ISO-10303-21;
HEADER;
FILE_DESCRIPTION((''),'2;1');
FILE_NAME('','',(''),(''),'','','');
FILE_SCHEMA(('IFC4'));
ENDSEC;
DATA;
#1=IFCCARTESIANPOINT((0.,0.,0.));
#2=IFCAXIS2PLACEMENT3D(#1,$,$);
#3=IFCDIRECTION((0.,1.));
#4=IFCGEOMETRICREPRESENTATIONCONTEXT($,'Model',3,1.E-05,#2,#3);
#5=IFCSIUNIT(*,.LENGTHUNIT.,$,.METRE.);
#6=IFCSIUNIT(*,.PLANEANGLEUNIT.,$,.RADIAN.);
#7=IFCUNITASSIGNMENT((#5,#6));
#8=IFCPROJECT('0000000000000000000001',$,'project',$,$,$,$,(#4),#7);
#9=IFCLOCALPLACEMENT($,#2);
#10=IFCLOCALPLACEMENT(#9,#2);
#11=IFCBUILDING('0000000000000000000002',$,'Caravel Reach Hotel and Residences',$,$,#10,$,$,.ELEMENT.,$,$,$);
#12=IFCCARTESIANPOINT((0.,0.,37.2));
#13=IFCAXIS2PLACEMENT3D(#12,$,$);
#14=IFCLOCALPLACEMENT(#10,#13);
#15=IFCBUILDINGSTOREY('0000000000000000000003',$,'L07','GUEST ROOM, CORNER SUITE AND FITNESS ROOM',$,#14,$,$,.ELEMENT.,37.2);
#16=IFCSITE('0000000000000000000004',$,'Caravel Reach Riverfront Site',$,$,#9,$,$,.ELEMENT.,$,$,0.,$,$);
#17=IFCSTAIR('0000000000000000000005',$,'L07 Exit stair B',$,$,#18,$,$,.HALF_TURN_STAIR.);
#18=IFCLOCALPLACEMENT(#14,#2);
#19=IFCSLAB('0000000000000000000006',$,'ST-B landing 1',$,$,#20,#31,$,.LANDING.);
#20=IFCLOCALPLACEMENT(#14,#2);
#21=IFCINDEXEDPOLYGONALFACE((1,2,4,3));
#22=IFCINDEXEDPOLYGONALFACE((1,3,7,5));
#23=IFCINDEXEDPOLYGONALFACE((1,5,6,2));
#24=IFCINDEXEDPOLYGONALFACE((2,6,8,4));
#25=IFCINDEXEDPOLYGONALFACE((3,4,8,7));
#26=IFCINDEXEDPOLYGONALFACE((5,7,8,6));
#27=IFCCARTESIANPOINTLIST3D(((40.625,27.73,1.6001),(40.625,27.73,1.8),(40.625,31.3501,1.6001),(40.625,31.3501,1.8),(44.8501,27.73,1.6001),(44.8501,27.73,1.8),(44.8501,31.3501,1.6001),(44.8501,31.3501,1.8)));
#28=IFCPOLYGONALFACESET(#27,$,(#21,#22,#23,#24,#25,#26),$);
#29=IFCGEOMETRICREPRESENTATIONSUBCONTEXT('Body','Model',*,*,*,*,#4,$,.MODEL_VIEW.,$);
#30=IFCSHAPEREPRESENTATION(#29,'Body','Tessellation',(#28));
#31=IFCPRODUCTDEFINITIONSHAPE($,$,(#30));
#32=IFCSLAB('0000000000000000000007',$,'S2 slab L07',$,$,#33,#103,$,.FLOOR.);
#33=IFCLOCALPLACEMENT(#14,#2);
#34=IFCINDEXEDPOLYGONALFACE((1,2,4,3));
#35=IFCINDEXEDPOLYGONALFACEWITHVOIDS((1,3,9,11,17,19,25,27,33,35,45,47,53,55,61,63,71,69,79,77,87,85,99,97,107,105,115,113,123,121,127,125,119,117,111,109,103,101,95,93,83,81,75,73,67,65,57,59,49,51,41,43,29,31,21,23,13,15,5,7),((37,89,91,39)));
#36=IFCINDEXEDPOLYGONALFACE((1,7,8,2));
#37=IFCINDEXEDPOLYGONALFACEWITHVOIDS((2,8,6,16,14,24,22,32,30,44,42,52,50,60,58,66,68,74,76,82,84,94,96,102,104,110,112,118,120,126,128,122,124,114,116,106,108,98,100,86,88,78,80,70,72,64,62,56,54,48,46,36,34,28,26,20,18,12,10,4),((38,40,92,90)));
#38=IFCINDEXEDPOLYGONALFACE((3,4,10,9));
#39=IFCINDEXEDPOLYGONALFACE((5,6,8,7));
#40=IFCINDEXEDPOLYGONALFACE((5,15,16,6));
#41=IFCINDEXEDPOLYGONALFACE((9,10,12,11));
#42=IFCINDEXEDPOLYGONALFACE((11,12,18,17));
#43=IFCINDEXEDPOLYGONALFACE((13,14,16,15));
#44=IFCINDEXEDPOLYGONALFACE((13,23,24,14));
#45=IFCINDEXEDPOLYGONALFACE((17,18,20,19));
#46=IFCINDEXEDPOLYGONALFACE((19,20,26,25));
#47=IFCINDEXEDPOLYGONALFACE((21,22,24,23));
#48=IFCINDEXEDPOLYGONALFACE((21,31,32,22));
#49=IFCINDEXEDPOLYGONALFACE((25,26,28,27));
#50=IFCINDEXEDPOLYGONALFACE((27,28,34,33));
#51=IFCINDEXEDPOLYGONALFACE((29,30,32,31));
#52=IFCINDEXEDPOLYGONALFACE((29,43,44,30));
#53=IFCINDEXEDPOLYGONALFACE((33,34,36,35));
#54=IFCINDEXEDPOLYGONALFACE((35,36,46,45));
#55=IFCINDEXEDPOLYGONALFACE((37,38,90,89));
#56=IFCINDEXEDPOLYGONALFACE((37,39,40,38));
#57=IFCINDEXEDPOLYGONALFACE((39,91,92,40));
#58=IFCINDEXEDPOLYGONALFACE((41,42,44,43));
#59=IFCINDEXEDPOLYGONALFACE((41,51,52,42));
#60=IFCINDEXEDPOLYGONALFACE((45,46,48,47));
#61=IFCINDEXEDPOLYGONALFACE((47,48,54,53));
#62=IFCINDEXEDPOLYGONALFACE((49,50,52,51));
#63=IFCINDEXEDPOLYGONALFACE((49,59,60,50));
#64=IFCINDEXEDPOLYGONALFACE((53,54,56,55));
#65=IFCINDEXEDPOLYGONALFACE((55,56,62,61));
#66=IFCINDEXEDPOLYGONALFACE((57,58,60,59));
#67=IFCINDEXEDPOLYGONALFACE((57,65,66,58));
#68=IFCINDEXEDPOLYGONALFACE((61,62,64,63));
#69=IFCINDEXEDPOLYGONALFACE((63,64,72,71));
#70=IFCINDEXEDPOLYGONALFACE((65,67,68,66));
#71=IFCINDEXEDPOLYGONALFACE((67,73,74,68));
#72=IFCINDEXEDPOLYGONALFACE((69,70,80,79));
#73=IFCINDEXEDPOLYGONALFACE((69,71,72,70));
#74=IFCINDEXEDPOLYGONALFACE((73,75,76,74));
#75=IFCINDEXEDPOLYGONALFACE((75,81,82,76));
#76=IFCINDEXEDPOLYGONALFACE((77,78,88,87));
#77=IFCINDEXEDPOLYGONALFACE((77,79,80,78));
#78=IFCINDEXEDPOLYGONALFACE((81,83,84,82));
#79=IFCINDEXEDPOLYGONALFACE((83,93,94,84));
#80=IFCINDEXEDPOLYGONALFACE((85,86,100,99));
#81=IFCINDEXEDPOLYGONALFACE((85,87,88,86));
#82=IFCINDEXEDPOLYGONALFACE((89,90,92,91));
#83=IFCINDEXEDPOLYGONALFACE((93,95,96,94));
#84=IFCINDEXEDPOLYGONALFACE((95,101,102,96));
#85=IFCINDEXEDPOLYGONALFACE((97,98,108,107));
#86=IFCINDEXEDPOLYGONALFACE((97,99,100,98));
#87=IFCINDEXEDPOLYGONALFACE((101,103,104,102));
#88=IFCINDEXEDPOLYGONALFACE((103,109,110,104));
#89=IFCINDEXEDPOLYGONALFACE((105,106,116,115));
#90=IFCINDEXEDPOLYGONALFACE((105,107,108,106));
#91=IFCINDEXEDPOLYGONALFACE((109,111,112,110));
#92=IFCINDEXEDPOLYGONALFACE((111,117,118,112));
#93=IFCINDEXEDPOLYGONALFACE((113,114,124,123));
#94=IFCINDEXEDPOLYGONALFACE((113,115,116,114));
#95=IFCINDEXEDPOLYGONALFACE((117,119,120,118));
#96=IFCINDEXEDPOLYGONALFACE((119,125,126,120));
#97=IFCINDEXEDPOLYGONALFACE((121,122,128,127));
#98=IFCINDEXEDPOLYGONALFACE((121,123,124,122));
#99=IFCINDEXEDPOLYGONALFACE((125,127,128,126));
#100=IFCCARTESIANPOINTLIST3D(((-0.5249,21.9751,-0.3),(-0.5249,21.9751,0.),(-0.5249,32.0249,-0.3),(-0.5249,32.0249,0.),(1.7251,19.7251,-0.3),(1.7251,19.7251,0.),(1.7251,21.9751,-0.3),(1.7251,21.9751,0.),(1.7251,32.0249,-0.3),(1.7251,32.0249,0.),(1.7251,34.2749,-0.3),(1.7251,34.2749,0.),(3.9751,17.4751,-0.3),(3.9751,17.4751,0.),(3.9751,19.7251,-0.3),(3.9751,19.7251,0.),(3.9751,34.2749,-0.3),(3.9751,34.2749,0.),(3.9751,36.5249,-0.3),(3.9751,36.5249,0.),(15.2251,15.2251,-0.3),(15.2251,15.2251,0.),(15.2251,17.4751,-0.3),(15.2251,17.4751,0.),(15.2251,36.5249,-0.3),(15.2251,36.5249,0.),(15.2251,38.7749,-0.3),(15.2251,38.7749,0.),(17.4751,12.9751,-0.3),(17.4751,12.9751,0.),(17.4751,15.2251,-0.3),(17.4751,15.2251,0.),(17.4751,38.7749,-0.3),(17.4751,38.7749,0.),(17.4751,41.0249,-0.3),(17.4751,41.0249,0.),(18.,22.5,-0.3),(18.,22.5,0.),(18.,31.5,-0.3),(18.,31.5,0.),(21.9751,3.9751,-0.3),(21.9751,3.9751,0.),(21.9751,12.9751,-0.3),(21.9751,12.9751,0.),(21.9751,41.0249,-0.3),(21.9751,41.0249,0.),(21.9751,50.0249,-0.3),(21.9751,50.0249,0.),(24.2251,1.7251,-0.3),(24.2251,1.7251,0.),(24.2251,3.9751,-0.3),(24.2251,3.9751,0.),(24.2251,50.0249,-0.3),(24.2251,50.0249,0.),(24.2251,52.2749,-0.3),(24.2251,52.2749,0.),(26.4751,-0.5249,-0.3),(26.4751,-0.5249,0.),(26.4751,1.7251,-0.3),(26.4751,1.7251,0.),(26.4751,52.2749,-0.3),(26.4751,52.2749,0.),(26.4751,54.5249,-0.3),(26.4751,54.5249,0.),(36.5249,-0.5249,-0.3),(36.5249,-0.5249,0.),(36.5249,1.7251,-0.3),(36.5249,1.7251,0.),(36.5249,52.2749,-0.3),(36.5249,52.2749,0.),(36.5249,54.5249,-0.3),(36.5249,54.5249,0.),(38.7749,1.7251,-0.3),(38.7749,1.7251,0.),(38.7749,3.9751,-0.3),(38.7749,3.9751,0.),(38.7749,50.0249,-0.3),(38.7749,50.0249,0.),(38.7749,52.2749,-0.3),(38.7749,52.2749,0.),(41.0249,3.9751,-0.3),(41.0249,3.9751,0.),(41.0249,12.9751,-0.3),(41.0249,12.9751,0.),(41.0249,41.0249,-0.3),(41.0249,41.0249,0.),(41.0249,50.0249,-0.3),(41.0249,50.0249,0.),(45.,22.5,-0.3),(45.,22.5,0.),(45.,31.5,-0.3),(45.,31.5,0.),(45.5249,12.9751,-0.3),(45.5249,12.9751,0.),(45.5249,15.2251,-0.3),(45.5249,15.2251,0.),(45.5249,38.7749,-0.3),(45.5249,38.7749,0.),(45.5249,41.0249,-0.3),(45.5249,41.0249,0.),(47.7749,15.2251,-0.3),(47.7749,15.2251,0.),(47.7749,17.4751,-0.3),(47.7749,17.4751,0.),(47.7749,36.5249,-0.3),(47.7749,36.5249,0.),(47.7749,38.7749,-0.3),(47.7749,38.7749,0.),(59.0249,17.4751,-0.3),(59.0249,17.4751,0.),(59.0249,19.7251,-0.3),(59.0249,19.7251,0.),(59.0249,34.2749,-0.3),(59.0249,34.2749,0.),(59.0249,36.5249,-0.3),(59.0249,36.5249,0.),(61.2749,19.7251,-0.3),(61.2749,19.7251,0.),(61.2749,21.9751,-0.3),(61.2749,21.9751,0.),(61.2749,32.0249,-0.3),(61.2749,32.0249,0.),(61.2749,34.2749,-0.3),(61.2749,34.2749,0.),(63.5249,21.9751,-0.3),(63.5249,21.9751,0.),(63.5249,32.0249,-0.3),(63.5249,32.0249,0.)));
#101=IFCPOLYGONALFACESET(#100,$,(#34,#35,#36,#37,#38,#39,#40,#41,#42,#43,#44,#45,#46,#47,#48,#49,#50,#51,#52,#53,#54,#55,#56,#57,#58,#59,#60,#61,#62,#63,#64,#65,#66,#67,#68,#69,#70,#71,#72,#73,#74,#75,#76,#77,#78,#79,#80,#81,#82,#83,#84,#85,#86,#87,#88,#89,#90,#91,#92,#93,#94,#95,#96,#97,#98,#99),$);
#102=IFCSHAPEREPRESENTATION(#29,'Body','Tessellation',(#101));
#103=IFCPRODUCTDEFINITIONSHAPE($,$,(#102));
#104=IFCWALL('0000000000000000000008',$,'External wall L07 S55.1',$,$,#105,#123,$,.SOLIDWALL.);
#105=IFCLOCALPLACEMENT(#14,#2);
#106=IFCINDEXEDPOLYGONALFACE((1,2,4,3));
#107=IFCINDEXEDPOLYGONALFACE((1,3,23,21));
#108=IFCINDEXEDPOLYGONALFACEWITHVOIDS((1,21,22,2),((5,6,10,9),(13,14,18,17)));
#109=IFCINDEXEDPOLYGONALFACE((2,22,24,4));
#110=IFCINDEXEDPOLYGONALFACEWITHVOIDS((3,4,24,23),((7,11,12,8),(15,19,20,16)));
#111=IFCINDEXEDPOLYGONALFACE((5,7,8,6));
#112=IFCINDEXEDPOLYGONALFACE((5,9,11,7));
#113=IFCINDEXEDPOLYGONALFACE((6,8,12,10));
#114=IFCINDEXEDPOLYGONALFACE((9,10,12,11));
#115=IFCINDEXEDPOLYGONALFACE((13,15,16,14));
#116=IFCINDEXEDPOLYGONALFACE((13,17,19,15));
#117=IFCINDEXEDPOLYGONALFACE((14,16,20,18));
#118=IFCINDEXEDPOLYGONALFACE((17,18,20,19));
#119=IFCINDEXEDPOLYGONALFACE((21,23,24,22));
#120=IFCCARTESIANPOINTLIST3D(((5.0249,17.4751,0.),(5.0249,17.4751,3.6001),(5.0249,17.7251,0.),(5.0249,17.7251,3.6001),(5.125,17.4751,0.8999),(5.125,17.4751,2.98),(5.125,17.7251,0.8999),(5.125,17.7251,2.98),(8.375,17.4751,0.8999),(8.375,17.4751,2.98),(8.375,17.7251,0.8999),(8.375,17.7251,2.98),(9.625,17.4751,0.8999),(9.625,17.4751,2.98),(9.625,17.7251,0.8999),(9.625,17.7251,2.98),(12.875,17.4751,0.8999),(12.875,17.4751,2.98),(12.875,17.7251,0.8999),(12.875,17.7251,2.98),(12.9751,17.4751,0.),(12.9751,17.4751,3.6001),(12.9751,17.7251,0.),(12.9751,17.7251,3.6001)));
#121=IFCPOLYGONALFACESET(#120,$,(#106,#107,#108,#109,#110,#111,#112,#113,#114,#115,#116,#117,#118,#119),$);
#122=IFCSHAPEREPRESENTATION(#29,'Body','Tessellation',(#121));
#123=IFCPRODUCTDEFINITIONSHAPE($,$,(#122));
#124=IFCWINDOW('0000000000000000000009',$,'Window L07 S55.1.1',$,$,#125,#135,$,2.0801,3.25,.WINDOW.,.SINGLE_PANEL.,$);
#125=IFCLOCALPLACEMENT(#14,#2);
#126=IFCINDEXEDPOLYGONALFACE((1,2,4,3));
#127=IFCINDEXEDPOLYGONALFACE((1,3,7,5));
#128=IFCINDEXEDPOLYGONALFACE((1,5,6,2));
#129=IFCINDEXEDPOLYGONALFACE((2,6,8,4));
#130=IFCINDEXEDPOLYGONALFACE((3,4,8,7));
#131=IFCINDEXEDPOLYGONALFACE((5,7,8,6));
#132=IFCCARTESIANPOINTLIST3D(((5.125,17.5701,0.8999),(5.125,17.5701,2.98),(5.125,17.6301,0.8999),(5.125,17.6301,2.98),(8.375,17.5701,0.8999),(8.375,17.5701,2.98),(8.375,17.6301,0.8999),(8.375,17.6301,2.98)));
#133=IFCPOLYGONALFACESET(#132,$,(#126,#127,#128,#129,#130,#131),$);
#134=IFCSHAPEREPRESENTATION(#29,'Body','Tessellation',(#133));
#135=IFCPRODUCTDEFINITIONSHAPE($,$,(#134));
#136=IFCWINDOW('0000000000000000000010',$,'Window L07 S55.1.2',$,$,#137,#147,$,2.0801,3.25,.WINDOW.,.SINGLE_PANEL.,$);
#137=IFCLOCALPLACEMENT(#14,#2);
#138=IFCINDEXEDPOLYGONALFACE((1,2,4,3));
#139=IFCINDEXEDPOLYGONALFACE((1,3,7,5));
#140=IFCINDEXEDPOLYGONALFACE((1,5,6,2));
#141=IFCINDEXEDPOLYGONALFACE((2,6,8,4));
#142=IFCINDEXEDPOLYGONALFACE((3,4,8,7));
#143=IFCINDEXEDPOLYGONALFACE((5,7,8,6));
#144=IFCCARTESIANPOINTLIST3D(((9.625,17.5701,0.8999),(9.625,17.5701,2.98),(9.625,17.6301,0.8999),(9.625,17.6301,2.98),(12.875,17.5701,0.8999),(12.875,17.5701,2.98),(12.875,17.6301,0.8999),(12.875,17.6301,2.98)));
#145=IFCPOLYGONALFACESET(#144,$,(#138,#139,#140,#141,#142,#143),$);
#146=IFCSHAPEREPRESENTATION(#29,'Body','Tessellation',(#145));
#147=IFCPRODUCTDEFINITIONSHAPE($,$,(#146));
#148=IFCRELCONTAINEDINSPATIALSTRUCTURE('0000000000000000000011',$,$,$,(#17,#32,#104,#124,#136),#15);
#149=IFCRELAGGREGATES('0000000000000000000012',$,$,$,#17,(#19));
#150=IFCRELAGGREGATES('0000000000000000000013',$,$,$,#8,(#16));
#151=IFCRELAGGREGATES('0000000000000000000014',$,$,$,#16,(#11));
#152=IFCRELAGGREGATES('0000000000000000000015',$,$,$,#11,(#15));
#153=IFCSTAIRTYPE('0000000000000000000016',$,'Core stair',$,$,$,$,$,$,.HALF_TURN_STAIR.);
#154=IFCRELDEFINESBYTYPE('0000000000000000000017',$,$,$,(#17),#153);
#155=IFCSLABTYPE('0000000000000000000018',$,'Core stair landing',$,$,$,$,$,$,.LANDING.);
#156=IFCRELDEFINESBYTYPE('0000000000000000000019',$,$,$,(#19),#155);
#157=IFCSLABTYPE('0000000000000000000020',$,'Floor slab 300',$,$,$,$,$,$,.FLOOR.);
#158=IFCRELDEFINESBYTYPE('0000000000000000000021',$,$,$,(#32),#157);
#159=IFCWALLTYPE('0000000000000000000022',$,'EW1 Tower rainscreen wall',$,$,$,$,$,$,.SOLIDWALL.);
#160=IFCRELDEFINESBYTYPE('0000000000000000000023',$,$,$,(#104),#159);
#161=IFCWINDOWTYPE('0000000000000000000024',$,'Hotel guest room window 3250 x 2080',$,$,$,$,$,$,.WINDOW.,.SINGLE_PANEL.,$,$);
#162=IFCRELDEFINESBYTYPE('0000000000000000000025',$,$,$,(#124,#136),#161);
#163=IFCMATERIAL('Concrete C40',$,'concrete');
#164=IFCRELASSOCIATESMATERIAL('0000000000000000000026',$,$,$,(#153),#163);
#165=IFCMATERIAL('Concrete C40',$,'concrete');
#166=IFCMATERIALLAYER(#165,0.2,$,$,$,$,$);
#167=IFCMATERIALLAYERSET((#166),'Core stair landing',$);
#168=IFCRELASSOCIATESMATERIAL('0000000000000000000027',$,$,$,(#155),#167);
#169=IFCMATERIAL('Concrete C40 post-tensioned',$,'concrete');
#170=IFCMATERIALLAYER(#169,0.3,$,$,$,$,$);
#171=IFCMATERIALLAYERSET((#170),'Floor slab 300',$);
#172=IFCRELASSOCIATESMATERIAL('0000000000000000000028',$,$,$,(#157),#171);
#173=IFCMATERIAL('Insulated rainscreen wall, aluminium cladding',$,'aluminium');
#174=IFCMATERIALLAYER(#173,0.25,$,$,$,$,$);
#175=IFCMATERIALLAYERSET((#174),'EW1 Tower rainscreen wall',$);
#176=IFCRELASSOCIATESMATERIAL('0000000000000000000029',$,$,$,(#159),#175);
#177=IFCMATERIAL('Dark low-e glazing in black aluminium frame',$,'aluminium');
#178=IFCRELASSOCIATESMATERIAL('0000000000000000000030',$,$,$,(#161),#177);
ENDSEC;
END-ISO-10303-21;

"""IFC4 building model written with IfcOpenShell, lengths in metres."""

from ifc_helpers import new_model, si_unit, direction, frame, frame_2d, origin, place, context, subcontext, project, spatial, polyline, rectangle, outline, extrude, material, layer, layer_set, type_object, element, fill, aggregate, save


model = new_model("IFC4")

# Units and contexts
model_context = context("Model", 3, precision=1e-05, world=origin(), true_north=direction((0.0, 1.0)))
body_context = subcontext(model_context, "Body", "Model", "MODEL_VIEW")
ifc_project = project(units=[si_unit("LENGTHUNIT", "METRE"), si_unit("PLANEANGLEUNIT", "RADIAN")], contexts=[model_context])

# Site, building, storey
site_placement = place(None, origin())
site = spatial("IfcSite", under=ifc_project, at=site_placement, Name="Caravel Reach Riverfront Site", CompositionType="ELEMENT", RefElevation=0.0)
building_placement = place(site_placement, origin())
building = spatial("IfcBuilding", under=site, at=building_placement, Name="Caravel Reach Hotel and Residences", CompositionType="ELEMENT")
storey_placement = place(building_placement, frame((0.0, 0.0, 37.2)))
storey = spatial("IfcBuildingStorey", under=building, at=storey_placement, Name="L07", Description="GUEST ROOM, CORNER SUITE AND FITNESS ROOM", CompositionType="ELEMENT", Elevation=37.2)

# Stair, slab
ifc_material_1 = material(Name="Concrete C40", Category="concrete")
stair_type = type_object("IfcStairType", Name="Core stair", PredefinedType="HALF_TURN_STAIR", material=ifc_material_1)
ifc_material_2 = material(Name="Concrete C40", Category="concrete")
ifc_layer_1 = layer(ifc_material_2, 0.2)
ifc_layer_set_1 = layer_set([ifc_layer_1], Name="Core stair landing")
slab_type_1 = type_object("IfcSlabType", Name="Core stair landing", PredefinedType="LANDING", material=ifc_layer_set_1)
stair_1_placement = place(storey_placement, origin())
stair_1 = element("IfcStair", 1, at=stair_1_placement, inside=storey, type_object=stair_type, Name="L07 Exit stair B", PredefinedType="HALF_TURN_STAIR")
slab_1_placement = place(storey_placement, frame((0.0, 0.0, 1.6001)))
slab_1 = element("IfcSlab", 2, at=slab_1_placement, type_object=slab_type_1, Name="ST-B landing 1", PredefinedType="LANDING", context=body_context, shape_type="SweptSolid", body=[
    extrude(outline(polyline([(44.8501, 27.73), (44.8501, 31.3501), (40.625, 31.3501), (40.625, 27.73), (44.8501, 27.73)])), origin(), (0.0, 0.0, 1.0), 0.2),
])
aggregate(stair_1, [slab_1])

# Slab
ifc_material_3 = material(Name="Concrete C40 post-tensioned", Category="concrete")
ifc_layer_2 = layer(ifc_material_3, 0.3)
ifc_layer_set_2 = layer_set([ifc_layer_2], Name="Floor slab 300")
slab_type_2 = type_object("IfcSlabType", Name="Floor slab 300", PredefinedType="FLOOR", material=ifc_layer_set_2)
slab_2_placement = place(storey_placement, frame((0.0, 0.0, -0.3)))
element("IfcSlab", 3, at=slab_2_placement, inside=storey, type_object=slab_type_2, Name="S2 slab L07", PredefinedType="FLOOR", context=body_context, shape_type="SweptSolid", body=[
    extrude(outline(polyline([(17.4751, 12.9751), (17.4751, 15.2251), (15.2251, 15.2251), (15.2251, 17.4751), (3.9751, 17.4751), (3.9751, 19.7251), (1.7251, 19.7251), (1.7251, 21.9751), (-0.5249, 21.9751), (-0.5249, 32.0249), (1.7251, 32.0249), (1.7251, 34.2749), (3.9751, 34.2749), (3.9751, 36.5249), (15.2251, 36.5249), (15.2251, 38.7749), (17.4751, 38.7749), (17.4751, 41.0249), (21.9751, 41.0249), (21.9751, 50.0249), (24.2251, 50.0249), (24.2251, 52.2749), (26.4751, 52.2749), (26.4751, 54.5249), (36.5249, 54.5249), (36.5249, 52.2749), (38.7749, 52.2749), (38.7749, 50.0249), (41.0249, 50.0249), (41.0249, 41.0249), (45.5249, 41.0249), (45.5249, 38.7749), (47.7749, 38.7749), (47.7749, 36.5249), (59.0249, 36.5249), (59.0249, 34.2749), (61.2749, 34.2749), (61.2749, 32.0249), (63.5249, 32.0249), (63.5249, 21.9751), (61.2749, 21.9751), (61.2749, 19.7251), (59.0249, 19.7251), (59.0249, 17.4751), (47.7749, 17.4751), (47.7749, 15.2251), (45.5249, 15.2251), (45.5249, 12.9751), (41.0249, 12.9751), (41.0249, 3.9751), (38.7749, 3.9751), (38.7749, 1.7251), (36.5249, 1.7251), (36.5249, -0.5249), (26.4751, -0.5249), (26.4751, 1.7251), (24.2251, 1.7251), (24.2251, 3.9751), (21.9751, 3.9751), (21.9751, 12.9751), (17.4751, 12.9751)]), holes=[polyline([(45.0, 31.5), (18.0, 31.5), (18.0, 22.5), (45.0, 22.5), (45.0, 31.5)])]), origin(), (0.0, 0.0, 1.0), 0.3),
])

# Wall, openings, windows
ifc_material_4 = material(Name="Insulated rainscreen wall, aluminium cladding", Category="aluminium")
ifc_layer_3 = layer(ifc_material_4, 0.25)
ifc_layer_set_3 = layer_set([ifc_layer_3], Name="EW1 Tower rainscreen wall")
wall_type_1 = type_object("IfcWallType", Name="EW1 Tower rainscreen wall", PredefinedType="SOLIDWALL", material=ifc_layer_set_3)
wall_1_placement = place(storey_placement, frame((5.0249, 17.6001, 0.0), z_axis=(0.0, 0.0, 1.0), x_axis=(1.0, 0.0, 0.0)))
wall_1 = element("IfcWall", 4, at=wall_1_placement, inside=storey, type_object=wall_type_1, Name="External wall L07 S55.1", PredefinedType="SOLIDWALL", context=body_context, shape_type="SweptSolid", body=[
    extrude(rectangle(XDim=7.9502, YDim=0.25, at=frame_2d((3.9751, 0.0))), origin(), (0.0, 0.0, 1.0), 3.6001),
])
opening_1_placement = place(wall_1_placement, frame((0.1001, 0.0, 0.8999)))
opening_1 = element("IfcOpeningElement", 5, at=opening_1_placement, cuts=wall_1, PredefinedType="OPENING", context=body_context, shape_type="SweptSolid", body=[
    extrude(rectangle(XDim=3.25, YDim=2.0801, at=frame_2d((1.625, 1.04))), frame((0.0, 0.135, 0.0), z_axis=(0.0, -1.0, 0.0), x_axis=(1.0, 0.0, 0.0)), (0.0, 0.0, 1.0), 0.27),
])
opening_2_placement = place(wall_1_placement, frame((4.6001, 0.0, 0.8999)))
opening_2 = element("IfcOpeningElement", 6, at=opening_2_placement, cuts=wall_1, PredefinedType="OPENING", context=body_context, shape_type="SweptSolid", body=[
    extrude(rectangle(XDim=3.25, YDim=2.0801, at=frame_2d((1.625, 1.04))), frame((0.0, 0.135, 0.0), z_axis=(0.0, -1.0, 0.0), x_axis=(1.0, 0.0, 0.0)), (0.0, 0.0, 1.0), 0.27),
])
ifc_material_5 = material(Name="Dark low-e glazing in black aluminium frame", Category="aluminium")
window_type_1 = type_object("IfcWindowType", Name="Hotel guest room window 3250 x 2080", PartitioningType="SINGLE_PANEL", PredefinedType="WINDOW", material=ifc_material_5)
window_1_placement = place(opening_1_placement, origin())
window_1 = element("IfcWindow", 7, at=window_1_placement, inside=storey, type_object=window_type_1, Name="Window L07 S55.1.1", OverallHeight=2.0801, OverallWidth=3.25, PartitioningType="SINGLE_PANEL", PredefinedType="WINDOW", context=body_context, shape_type="SweptSolid", body=[
    extrude(rectangle(XDim=3.25, YDim=2.0801, at=frame_2d((1.625, 1.04))), frame((0.0, 0.03, 0.0), z_axis=(0.0, -1.0, 0.0), x_axis=(1.0, 0.0, 0.0)), (0.0, 0.0, 1.0), 0.0601),
])
fill(opening_1, window_1)
window_2_placement = place(opening_2_placement, origin())
window_2 = element("IfcWindow", 8, at=window_2_placement, inside=storey, type_object=window_type_1, Name="Window L07 S55.1.2", OverallHeight=2.0801, OverallWidth=3.25, PartitioningType="SINGLE_PANEL", PredefinedType="WINDOW", context=body_context, shape_type="SweptSolid", body=[
    extrude(rectangle(XDim=3.25, YDim=2.0801, at=frame_2d((1.625, 1.04))), frame((0.0, 0.03, 0.0), z_axis=(0.0, -1.0, 0.0), x_axis=(1.0, 0.0, 0.0)), (0.0, 0.0, 1.0), 0.0601),
])
fill(opening_2, window_2)

save(model, "model.ifc")
